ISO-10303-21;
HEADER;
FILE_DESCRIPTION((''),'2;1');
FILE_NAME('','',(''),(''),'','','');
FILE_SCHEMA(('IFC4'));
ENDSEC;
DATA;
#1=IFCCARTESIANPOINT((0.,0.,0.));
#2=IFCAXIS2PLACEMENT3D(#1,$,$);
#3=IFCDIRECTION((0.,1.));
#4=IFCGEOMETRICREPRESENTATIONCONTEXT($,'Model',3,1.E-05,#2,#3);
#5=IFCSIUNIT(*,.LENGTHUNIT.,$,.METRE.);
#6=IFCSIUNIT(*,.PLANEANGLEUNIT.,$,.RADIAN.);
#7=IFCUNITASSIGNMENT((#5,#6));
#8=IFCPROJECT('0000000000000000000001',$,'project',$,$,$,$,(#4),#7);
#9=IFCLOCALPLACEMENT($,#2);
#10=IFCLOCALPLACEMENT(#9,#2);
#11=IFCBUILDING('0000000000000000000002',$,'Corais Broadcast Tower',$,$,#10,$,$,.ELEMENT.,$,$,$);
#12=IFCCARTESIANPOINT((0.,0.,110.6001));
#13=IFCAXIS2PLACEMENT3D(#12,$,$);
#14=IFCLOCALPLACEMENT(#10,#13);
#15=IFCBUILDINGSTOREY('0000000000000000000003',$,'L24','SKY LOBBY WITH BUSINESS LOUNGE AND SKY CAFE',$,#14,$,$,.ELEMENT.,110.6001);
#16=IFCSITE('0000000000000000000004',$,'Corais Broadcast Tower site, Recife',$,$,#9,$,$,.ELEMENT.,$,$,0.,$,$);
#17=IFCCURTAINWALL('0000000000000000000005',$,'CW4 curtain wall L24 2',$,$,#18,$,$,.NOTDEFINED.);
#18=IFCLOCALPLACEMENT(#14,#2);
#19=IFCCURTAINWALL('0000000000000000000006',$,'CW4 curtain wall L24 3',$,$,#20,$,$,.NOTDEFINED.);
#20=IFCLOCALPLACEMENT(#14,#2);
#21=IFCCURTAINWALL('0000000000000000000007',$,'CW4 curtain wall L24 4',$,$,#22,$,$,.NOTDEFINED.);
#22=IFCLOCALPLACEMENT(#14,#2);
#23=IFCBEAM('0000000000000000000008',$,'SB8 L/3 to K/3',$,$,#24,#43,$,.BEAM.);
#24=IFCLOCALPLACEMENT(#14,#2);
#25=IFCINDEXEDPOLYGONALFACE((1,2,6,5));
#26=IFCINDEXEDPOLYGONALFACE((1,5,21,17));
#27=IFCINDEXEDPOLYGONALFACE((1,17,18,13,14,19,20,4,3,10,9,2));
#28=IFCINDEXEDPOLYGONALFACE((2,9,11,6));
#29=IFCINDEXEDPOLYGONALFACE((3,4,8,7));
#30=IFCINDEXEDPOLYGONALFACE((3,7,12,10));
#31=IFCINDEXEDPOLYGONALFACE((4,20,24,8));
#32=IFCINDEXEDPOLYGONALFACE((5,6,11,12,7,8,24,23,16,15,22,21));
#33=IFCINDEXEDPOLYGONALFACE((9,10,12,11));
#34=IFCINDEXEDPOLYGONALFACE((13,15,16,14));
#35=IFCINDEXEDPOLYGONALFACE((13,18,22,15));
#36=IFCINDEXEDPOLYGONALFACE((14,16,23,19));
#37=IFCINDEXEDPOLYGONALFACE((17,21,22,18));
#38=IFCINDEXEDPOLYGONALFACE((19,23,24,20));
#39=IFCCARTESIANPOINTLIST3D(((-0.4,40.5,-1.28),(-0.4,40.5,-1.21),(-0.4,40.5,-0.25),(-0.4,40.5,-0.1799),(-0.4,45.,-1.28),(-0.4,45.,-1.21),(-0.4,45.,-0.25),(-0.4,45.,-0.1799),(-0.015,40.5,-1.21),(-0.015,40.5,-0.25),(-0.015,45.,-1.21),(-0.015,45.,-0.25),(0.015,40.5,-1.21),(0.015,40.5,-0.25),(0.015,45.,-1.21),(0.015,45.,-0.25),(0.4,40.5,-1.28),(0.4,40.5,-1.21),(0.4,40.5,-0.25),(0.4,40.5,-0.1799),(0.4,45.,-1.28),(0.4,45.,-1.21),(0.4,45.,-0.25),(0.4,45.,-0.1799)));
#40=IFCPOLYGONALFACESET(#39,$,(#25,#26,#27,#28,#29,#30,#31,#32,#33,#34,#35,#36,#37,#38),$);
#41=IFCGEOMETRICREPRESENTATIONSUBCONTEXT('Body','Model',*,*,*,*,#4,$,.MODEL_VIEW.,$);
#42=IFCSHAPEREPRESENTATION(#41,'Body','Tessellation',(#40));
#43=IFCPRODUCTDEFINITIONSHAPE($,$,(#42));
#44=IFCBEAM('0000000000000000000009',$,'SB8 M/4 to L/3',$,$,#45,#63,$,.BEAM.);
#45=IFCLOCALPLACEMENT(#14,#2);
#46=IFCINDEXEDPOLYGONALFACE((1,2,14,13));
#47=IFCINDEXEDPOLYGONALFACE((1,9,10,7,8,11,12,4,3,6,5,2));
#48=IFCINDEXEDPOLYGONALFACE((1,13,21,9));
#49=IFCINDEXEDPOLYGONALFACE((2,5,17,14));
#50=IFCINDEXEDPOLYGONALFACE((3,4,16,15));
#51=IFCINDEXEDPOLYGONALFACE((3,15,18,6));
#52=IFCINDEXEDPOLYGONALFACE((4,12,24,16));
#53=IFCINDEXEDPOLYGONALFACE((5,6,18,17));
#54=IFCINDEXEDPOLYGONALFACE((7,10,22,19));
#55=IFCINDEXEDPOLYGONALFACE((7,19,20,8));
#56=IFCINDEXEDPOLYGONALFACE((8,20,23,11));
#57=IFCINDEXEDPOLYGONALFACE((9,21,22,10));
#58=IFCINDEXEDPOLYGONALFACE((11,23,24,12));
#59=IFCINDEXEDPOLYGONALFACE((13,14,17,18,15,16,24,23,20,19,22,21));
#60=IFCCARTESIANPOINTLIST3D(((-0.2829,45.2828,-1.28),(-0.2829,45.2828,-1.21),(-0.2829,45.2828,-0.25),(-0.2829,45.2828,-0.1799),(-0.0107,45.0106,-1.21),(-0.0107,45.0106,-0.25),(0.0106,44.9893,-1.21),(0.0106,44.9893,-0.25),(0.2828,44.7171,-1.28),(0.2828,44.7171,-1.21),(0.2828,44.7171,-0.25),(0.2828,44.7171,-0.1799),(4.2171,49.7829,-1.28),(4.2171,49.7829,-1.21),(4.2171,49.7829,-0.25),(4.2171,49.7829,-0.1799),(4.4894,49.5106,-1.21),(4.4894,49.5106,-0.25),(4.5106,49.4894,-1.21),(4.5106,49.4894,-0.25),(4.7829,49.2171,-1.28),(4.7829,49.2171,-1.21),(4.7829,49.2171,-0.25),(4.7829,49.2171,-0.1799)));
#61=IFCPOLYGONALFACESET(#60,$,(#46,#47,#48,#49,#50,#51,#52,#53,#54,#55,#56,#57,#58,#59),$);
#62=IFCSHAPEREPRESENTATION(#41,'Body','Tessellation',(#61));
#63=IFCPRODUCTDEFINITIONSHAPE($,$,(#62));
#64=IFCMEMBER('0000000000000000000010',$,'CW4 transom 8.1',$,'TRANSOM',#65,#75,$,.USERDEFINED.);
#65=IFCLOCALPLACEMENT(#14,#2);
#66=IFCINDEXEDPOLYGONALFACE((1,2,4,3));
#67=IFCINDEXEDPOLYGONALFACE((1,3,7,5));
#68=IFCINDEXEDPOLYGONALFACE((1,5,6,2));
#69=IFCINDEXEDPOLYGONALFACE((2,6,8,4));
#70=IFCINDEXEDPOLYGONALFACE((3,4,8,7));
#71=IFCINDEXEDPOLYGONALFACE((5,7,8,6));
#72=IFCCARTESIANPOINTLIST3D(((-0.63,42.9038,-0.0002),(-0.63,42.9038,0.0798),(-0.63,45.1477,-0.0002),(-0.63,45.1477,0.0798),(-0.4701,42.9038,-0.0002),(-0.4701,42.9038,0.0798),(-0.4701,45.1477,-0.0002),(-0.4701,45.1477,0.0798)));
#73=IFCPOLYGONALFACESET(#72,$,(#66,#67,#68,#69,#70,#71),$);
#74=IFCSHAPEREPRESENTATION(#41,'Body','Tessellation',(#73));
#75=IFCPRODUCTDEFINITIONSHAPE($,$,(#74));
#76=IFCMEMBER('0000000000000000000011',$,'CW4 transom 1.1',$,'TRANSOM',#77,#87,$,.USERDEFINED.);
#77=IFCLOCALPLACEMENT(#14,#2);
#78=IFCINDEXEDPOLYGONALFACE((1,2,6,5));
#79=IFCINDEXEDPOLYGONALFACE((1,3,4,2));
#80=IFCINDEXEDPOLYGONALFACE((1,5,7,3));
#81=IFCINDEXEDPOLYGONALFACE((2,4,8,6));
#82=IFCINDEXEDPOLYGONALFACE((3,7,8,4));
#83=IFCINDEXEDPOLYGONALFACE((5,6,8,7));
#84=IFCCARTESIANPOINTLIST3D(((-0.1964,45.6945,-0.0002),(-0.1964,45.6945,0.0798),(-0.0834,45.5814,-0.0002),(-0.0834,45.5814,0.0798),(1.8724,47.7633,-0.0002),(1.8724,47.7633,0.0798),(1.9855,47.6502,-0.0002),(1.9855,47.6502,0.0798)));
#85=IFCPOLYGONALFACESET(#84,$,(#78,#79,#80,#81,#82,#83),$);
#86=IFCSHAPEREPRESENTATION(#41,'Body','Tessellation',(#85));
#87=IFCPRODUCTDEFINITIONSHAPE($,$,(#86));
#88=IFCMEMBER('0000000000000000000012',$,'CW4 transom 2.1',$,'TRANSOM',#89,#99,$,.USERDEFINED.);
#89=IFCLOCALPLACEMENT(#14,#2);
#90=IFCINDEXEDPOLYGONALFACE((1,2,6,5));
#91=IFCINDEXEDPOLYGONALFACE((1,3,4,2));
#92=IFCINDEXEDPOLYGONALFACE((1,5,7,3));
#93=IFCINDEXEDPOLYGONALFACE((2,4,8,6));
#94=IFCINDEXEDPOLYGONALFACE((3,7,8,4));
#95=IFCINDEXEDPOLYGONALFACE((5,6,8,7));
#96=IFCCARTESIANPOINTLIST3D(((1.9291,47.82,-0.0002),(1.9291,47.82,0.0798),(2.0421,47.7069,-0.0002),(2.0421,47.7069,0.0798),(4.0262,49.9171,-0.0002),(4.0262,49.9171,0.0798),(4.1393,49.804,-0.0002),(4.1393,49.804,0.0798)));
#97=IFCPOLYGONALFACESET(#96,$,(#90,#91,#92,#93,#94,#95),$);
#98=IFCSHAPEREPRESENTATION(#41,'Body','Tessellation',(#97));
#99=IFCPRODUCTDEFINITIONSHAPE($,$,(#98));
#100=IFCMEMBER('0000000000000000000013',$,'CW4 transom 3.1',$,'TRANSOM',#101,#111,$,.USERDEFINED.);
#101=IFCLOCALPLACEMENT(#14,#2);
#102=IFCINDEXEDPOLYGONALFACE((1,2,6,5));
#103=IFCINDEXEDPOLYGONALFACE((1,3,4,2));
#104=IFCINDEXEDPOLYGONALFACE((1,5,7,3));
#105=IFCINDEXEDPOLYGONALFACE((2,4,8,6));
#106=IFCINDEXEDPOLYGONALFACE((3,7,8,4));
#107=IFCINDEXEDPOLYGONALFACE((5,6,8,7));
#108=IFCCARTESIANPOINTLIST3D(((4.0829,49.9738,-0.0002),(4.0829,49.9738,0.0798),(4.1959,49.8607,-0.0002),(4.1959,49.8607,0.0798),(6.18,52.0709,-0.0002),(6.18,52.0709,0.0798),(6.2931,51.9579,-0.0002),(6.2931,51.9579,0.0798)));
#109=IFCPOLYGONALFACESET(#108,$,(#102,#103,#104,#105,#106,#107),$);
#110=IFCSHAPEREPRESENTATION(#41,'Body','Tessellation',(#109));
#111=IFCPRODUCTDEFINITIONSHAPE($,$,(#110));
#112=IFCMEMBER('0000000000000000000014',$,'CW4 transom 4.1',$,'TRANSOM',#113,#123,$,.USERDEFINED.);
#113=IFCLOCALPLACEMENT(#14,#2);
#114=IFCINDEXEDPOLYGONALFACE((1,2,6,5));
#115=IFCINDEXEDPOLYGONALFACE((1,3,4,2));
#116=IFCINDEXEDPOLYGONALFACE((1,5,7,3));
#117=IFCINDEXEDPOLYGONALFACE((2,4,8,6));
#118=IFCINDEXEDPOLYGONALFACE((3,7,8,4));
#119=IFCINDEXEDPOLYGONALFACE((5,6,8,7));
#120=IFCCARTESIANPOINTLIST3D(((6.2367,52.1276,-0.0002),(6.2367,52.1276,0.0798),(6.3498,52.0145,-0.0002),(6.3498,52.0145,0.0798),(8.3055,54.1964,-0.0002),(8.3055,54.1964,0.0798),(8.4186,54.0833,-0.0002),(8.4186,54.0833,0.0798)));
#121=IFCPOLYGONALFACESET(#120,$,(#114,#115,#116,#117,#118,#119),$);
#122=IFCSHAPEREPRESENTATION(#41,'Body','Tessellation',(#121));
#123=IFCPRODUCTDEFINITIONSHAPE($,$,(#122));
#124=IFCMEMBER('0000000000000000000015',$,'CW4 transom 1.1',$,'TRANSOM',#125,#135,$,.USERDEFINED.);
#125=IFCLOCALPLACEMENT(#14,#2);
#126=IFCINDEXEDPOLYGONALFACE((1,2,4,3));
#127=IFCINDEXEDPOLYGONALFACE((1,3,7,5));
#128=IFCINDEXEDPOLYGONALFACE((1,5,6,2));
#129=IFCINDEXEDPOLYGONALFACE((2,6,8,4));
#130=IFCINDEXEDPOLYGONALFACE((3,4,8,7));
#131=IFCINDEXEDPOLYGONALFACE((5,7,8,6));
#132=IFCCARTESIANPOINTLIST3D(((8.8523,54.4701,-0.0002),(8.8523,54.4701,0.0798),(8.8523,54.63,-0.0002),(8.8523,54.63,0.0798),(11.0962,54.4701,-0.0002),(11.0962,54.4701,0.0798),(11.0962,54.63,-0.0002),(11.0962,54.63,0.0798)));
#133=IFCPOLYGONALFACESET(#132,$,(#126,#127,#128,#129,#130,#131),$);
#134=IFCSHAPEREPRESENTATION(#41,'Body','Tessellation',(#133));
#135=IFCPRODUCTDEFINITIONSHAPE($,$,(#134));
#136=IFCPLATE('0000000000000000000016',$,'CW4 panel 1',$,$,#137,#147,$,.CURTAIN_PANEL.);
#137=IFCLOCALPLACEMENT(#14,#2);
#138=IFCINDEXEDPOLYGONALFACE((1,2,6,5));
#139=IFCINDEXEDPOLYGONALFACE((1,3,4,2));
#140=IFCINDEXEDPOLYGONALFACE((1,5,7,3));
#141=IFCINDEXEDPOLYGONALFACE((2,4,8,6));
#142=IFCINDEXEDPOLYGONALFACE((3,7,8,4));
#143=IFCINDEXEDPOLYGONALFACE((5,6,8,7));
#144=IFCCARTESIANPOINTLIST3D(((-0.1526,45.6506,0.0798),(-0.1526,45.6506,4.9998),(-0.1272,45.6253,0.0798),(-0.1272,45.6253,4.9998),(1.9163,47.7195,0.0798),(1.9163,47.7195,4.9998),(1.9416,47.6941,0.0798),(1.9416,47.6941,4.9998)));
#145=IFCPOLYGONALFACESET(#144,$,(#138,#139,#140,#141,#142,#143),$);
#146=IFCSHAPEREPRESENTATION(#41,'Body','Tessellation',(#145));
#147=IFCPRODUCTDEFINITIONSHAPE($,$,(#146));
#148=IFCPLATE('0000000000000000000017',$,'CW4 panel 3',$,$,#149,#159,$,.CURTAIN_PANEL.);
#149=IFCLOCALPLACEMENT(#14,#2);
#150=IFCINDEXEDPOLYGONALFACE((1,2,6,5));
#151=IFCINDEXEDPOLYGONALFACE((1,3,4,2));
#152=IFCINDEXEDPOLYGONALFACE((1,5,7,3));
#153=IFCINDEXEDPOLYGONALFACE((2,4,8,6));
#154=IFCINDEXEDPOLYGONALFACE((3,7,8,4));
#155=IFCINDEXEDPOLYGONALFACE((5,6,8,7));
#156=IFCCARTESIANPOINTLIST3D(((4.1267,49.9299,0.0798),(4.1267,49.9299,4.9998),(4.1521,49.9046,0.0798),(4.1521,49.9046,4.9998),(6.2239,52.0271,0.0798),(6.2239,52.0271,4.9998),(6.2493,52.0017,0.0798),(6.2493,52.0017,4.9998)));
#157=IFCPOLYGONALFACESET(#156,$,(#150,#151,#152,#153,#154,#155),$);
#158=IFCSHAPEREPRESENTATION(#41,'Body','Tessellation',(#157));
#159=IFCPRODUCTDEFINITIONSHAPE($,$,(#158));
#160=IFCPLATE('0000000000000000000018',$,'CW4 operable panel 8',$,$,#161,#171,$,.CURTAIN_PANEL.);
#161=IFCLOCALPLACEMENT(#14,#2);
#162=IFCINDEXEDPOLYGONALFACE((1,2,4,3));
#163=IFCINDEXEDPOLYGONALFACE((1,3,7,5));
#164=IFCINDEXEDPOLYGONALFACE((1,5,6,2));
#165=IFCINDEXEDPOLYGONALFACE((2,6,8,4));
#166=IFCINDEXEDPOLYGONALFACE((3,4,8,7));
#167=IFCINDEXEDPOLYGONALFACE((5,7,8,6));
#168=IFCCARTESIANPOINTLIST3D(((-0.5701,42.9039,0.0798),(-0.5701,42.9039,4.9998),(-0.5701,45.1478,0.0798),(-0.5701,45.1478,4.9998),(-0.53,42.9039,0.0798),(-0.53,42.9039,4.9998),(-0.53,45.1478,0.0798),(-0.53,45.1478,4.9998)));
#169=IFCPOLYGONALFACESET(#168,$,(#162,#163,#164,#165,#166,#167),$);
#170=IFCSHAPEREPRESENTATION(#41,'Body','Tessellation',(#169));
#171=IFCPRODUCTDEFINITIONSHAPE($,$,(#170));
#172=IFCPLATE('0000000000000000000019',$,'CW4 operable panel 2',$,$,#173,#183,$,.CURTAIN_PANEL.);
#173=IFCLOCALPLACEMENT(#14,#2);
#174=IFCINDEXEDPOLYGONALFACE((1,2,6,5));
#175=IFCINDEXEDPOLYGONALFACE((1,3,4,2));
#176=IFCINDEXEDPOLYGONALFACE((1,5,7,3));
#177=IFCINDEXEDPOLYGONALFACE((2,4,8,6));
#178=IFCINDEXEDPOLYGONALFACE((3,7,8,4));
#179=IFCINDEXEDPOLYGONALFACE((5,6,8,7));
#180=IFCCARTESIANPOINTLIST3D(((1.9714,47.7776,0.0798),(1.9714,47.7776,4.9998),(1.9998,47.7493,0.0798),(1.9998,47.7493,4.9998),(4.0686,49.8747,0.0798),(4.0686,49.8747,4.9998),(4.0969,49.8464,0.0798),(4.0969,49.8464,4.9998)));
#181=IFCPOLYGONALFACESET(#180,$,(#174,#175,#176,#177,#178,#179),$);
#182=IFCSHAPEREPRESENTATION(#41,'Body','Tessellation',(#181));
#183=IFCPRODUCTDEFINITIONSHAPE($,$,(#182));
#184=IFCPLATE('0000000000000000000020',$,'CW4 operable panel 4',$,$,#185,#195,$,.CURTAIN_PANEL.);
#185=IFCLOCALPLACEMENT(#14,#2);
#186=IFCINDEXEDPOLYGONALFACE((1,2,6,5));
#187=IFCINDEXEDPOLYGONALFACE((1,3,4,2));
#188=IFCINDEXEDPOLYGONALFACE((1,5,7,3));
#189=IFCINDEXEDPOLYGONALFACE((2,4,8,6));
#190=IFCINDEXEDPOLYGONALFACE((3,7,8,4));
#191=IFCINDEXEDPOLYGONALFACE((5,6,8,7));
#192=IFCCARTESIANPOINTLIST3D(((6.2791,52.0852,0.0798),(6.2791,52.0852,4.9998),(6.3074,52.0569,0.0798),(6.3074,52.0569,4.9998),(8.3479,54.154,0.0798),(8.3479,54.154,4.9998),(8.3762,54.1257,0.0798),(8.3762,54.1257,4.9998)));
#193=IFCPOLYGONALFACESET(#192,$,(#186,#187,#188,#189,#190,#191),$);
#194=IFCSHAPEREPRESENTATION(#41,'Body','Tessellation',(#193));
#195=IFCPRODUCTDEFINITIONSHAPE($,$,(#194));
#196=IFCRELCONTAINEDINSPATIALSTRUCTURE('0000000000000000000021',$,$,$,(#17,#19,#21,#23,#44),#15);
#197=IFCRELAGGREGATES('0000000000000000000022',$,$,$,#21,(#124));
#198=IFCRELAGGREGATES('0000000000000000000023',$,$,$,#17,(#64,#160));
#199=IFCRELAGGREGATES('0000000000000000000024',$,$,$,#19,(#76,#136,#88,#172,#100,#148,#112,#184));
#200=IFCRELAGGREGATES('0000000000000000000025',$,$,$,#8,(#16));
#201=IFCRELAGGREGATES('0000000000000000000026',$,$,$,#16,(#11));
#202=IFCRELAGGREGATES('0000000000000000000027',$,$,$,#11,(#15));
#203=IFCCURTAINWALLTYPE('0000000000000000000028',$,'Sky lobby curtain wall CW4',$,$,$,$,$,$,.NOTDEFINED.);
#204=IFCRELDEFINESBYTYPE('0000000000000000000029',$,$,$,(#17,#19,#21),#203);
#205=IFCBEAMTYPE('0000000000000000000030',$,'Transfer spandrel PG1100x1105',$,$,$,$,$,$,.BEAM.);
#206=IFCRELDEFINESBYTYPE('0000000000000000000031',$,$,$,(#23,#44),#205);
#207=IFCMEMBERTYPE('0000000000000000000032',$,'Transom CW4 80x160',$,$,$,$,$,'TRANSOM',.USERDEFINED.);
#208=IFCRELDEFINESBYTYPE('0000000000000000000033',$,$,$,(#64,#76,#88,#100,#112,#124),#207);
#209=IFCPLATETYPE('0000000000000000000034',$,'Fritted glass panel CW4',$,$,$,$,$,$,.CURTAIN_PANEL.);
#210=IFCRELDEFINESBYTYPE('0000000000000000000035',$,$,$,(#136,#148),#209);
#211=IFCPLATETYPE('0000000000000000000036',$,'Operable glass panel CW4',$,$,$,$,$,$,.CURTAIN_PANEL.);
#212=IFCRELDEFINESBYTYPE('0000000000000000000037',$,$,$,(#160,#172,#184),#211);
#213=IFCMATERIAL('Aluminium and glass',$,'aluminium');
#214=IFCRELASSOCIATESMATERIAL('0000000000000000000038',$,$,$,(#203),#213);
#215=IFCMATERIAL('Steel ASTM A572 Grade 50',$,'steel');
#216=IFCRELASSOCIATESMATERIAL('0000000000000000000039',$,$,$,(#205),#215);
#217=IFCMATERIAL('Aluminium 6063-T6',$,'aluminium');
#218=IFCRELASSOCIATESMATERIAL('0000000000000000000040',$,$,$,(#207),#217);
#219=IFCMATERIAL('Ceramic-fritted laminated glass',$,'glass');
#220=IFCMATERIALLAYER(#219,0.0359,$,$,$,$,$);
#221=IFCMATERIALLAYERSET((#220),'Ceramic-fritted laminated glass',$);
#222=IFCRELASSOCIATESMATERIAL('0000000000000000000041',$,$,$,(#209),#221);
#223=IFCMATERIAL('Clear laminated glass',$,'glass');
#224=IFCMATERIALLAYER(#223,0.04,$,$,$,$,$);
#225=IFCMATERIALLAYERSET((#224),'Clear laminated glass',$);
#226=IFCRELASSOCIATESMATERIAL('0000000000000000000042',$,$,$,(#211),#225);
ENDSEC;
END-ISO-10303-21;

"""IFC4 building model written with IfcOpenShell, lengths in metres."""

from ifc_helpers import new_model, si_unit, direction, frame, origin, origin_2d, place, context, subcontext, project, spatial, rectangle, i_section, extrude, material, layer, layer_set, material_profile, profile_set, type_object, element, aggregate, save


model = new_model("IFC4")

# Units and contexts
model_context = context("Model", 3, precision=1e-05, world=origin(), true_north=direction((0.0, 1.0)))
body_context = subcontext(model_context, "Body", "Model", "MODEL_VIEW")
ifc_project = project(units=[si_unit("LENGTHUNIT", "METRE"), si_unit("PLANEANGLEUNIT", "RADIAN")], contexts=[model_context])

# Site, building, storey
site_placement = place(None, origin())
site = spatial("IfcSite", under=ifc_project, at=site_placement, Name="Corais Broadcast Tower site, Recife", CompositionType="ELEMENT", RefElevation=0.0)
building_placement = place(site_placement, origin())
building = spatial("IfcBuilding", under=site, at=building_placement, Name="Corais Broadcast Tower", CompositionType="ELEMENT")
storey_placement = place(building_placement, frame((0.0, 0.0, 110.6001)))
storey = spatial("IfcBuildingStorey", under=building, at=storey_placement, Name="L24", Description="SKY LOBBY WITH BUSINESS LOUNGE AND SKY CAFE", CompositionType="ELEMENT", Elevation=110.6001)

# Curtain wall
ifc_material_1 = material(Name="Aluminium and glass", Category="aluminium")
curtain_wall_type = type_object("IfcCurtainWallType", Name="Sky lobby curtain wall CW4", PredefinedType="NOTDEFINED", material=ifc_material_1)
curtain_wall_1_placement = place(storey_placement, origin())
curtain_wall_1 = element("IfcCurtainWall", 1, at=curtain_wall_1_placement, inside=storey, type_object=curtain_wall_type, Name="CW4 curtain wall L24 2", PredefinedType="NOTDEFINED")

# Curtain wall
curtain_wall_2_placement = place(storey_placement, origin())
curtain_wall_2 = element("IfcCurtainWall", 2, at=curtain_wall_2_placement, inside=storey, type_object=curtain_wall_type, Name="CW4 curtain wall L24 3", PredefinedType="NOTDEFINED")

# Curtain wall
curtain_wall_3_placement = place(storey_placement, origin())
curtain_wall_3 = element("IfcCurtainWall", 3, at=curtain_wall_3_placement, inside=storey, type_object=curtain_wall_type, Name="CW4 curtain wall L24 4", PredefinedType="NOTDEFINED")

# Beams
ifc_material_2 = material(Name="Steel ASTM A572 Grade 50", Category="steel")
ifc_material_profile_1 = material_profile(ifc_material_2, i_section(OverallWidth=0.8, OverallDepth=1.1001, WebThickness=0.03, FlangeThickness=0.0701, at=origin_2d()), Name="PG1100x1105")
ifc_profile_set_1 = profile_set([ifc_material_profile_1], Name="Steel ASTM A572 Grade 50")
beam_type_1 = type_object("IfcBeamType", Name="Transfer spandrel PG1100x1105", PredefinedType="BEAM", material=ifc_profile_set_1)
beam_1_placement = place(storey_placement, frame((0.0, 45.0, -0.73), z_axis=(0.0, -1.0, 0.0), x_axis=(1.0, 0.0, 0.0)))
element("IfcBeam", 4, at=beam_1_placement, inside=storey, type_object=beam_type_1, Name="SB8 L/3 to K/3", PredefinedType="BEAM", context=body_context, shape_type="SweptSolid", body=[
    extrude(i_section(OverallWidth=0.8, OverallDepth=1.1001, WebThickness=0.03, FlangeThickness=0.0701, at=origin_2d()), origin(), (0.0, 0.0, 1.0), 4.5),
])
beam_2_placement = place(storey_placement, frame((4.5, 49.5, -0.73), z_axis=(-0.707107, -0.707107, 0.0), x_axis=(0.707107, -0.707107, 0.0)))
element("IfcBeam", 5, at=beam_2_placement, inside=storey, type_object=beam_type_1, Name="SB8 M/4 to L/3", PredefinedType="BEAM", context=body_context, shape_type="SweptSolid", body=[
    extrude(i_section(OverallWidth=0.8, OverallDepth=1.1001, WebThickness=0.03, FlangeThickness=0.0701, at=origin_2d()), origin(), (0.0, 0.0, 1.0), 6.364),
])

# Members
ifc_material_3 = material(Name="Aluminium 6063-T6", Category="aluminium")
ifc_material_profile_2 = material_profile(ifc_material_3, rectangle(XDim=0.1599, YDim=0.0801, at=origin_2d()), Name="Transom CW4 80x160")
ifc_profile_set_2 = profile_set([ifc_material_profile_2], Name="Aluminium 6063-T6")
member_type_1 = type_object("IfcMemberType", Name="Transom CW4 80x160", ElementType="TRANSOM", PredefinedType="USERDEFINED", material=ifc_profile_set_2)
member_1_placement = place(storey_placement, frame((-0.55, 42.9038, 0.0398), z_axis=(0.0, 1.0, 0.0), x_axis=(-1.0, 0.0, 0.0)))
member_1 = element("IfcMember", 6, at=member_1_placement, type_object=member_type_1, Name="CW4 transom 8.1", ObjectType="TRANSOM", PredefinedType="USERDEFINED", context=body_context, shape_type="SweptSolid", body=[
    extrude(rectangle(XDim=0.1599, YDim=0.0801, at=origin_2d()), origin(), (0.0, 0.0, 1.0), 2.2439),
])
member_2_placement = place(storey_placement, frame((-0.1399, 45.6379, 0.0398), z_axis=(0.707107, 0.707107, 0.0), x_axis=(-0.707107, 0.707107, 0.0)))
member_2 = element("IfcMember", 7, at=member_2_placement, type_object=member_type_1, Name="CW4 transom 1.1", ObjectType="TRANSOM", PredefinedType="USERDEFINED", context=body_context, shape_type="SweptSolid", body=[
    extrude(rectangle(XDim=0.1599, YDim=0.0801, at=origin_2d()), origin(), (0.0, 0.0, 1.0), 2.9258),
])
member_3_placement = place(storey_placement, frame((1.9856, 47.7634, 0.0398), z_axis=(0.707107, 0.707107, 0.0), x_axis=(-0.707107, 0.707107, 0.0)))
member_3 = element("IfcMember", 8, at=member_3_placement, type_object=member_type_1, Name="CW4 transom 2.1", ObjectType="TRANSOM", PredefinedType="USERDEFINED", context=body_context, shape_type="SweptSolid", body=[
    extrude(rectangle(XDim=0.1599, YDim=0.0801, at=origin_2d()), origin(), (0.0, 0.0, 1.0), 2.9658),
])
member_4_placement = place(storey_placement, frame((4.1394, 49.9172, 0.0398), z_axis=(0.707107, 0.707107, 0.0), x_axis=(-0.707107, 0.707107, 0.0)))
member_4 = element("IfcMember", 9, at=member_4_placement, type_object=member_type_1, Name="CW4 transom 3.1", ObjectType="TRANSOM", PredefinedType="USERDEFINED", context=body_context, shape_type="SweptSolid", body=[
    extrude(rectangle(XDim=0.1599, YDim=0.0801, at=origin_2d()), origin(), (0.0, 0.0, 1.0), 2.9658),
])
member_5_placement = place(storey_placement, frame((6.2932, 52.071, 0.0398), z_axis=(0.707107, 0.707107, 0.0), x_axis=(-0.707107, 0.707107, 0.0)))
member_5 = element("IfcMember", 10, at=member_5_placement, type_object=member_type_1, Name="CW4 transom 4.1", ObjectType="TRANSOM", PredefinedType="USERDEFINED", context=body_context, shape_type="SweptSolid", body=[
    extrude(rectangle(XDim=0.1599, YDim=0.0801, at=origin_2d()), origin(), (0.0, 0.0, 1.0), 2.9258),
])
member_6_placement = place(storey_placement, frame((8.8523, 54.55, 0.0398), z_axis=(1.0, 0.0, 0.0), x_axis=(0.0, 1.0, 0.0)))
member_6 = element("IfcMember", 11, at=member_6_placement, type_object=member_type_1, Name="CW4 transom 1.1", ObjectType="TRANSOM", PredefinedType="USERDEFINED", context=body_context, shape_type="SweptSolid", body=[
    extrude(rectangle(XDim=0.1599, YDim=0.0801, at=origin_2d()), origin(), (0.0, 0.0, 1.0), 2.2439),
])
aggregate(curtain_wall_3, [member_6])

# Plates
ifc_material_4 = material(Name="Ceramic-fritted laminated glass", Category="glass")
ifc_layer_1 = layer(ifc_material_4, 0.0359)
ifc_layer_set_1 = layer_set([ifc_layer_1], Name="Ceramic-fritted laminated glass")
plate_type_1 = type_object("IfcPlateType", Name="Fritted glass panel CW4", PredefinedType="CURTAIN_PANEL", material=ifc_layer_set_1)
plate_1_placement = place(storey_placement, frame((0.8945, 46.6724, 0.0798), z_axis=(0.0, 0.0, 1.0), x_axis=(0.707107, 0.707107, 0.0)))
plate_1 = element("IfcPlate", 12, at=plate_1_placement, type_object=plate_type_1, Name="CW4 panel 1", PredefinedType="CURTAIN_PANEL", context=body_context, shape_type="SweptSolid", body=[
    extrude(rectangle(XDim=2.9258, YDim=0.0359, at=origin_2d()), origin(), (0.0, 0.0, 1.0), 4.9199),
])
plate_2_placement = place(storey_placement, frame((5.188, 50.9658, 0.0798), z_axis=(0.0, 0.0, 1.0), x_axis=(0.707107, 0.707107, 0.0)))
plate_2 = element("IfcPlate", 13, at=plate_2_placement, type_object=plate_type_1, Name="CW4 panel 3", PredefinedType="CURTAIN_PANEL", context=body_context, shape_type="SweptSolid", body=[
    extrude(rectangle(XDim=2.9658, YDim=0.0359, at=origin_2d()), origin(), (0.0, 0.0, 1.0), 4.9199),
])
ifc_material_5 = material(Name="Clear laminated glass", Category="glass")
ifc_layer_2 = layer(ifc_material_5, 0.04)
ifc_layer_set_2 = layer_set([ifc_layer_2], Name="Clear laminated glass")
plate_type_2 = type_object("IfcPlateType", Name="Operable glass panel CW4", PredefinedType="CURTAIN_PANEL", material=ifc_layer_set_2)
plate_3_placement = place(storey_placement, frame((-0.55, 44.0259, 0.0798), z_axis=(0.0, 0.0, 1.0), x_axis=(0.0, 1.0, 0.0)))
plate_3 = element("IfcPlate", 14, at=plate_3_placement, type_object=plate_type_2, Name="CW4 operable panel 8", PredefinedType="CURTAIN_PANEL", context=body_context, shape_type="SweptSolid", body=[
    extrude(rectangle(XDim=2.2439, YDim=0.04, at=origin_2d()), origin(), (0.0, 0.0, 1.0), 4.9199),
])
aggregate(curtain_wall_1, [member_1, plate_3])
plate_4_placement = place(storey_placement, frame((3.0342, 48.812, 0.0798), z_axis=(0.0, 0.0, 1.0), x_axis=(0.707107, 0.707107, 0.0)))
plate_4 = element("IfcPlate", 15, at=plate_4_placement, type_object=plate_type_2, Name="CW4 operable panel 2", PredefinedType="CURTAIN_PANEL", context=body_context, shape_type="SweptSolid", body=[
    extrude(rectangle(XDim=2.9658, YDim=0.04, at=origin_2d()), origin(), (0.0, 0.0, 1.0), 4.9199),
])
plate_5_placement = place(storey_placement, frame((7.3276, 53.1055, 0.0798), z_axis=(0.0, 0.0, 1.0), x_axis=(0.707107, 0.707107, 0.0)))
plate_5 = element("IfcPlate", 16, at=plate_5_placement, type_object=plate_type_2, Name="CW4 operable panel 4", PredefinedType="CURTAIN_PANEL", context=body_context, shape_type="SweptSolid", body=[
    extrude(rectangle(XDim=2.9258, YDim=0.04, at=origin_2d()), origin(), (0.0, 0.0, 1.0), 4.9199),
])
aggregate(curtain_wall_2, [member_2, plate_1, member_3, plate_4, member_4, plate_2, member_5, plate_5])

save(model, "model.ifc")
